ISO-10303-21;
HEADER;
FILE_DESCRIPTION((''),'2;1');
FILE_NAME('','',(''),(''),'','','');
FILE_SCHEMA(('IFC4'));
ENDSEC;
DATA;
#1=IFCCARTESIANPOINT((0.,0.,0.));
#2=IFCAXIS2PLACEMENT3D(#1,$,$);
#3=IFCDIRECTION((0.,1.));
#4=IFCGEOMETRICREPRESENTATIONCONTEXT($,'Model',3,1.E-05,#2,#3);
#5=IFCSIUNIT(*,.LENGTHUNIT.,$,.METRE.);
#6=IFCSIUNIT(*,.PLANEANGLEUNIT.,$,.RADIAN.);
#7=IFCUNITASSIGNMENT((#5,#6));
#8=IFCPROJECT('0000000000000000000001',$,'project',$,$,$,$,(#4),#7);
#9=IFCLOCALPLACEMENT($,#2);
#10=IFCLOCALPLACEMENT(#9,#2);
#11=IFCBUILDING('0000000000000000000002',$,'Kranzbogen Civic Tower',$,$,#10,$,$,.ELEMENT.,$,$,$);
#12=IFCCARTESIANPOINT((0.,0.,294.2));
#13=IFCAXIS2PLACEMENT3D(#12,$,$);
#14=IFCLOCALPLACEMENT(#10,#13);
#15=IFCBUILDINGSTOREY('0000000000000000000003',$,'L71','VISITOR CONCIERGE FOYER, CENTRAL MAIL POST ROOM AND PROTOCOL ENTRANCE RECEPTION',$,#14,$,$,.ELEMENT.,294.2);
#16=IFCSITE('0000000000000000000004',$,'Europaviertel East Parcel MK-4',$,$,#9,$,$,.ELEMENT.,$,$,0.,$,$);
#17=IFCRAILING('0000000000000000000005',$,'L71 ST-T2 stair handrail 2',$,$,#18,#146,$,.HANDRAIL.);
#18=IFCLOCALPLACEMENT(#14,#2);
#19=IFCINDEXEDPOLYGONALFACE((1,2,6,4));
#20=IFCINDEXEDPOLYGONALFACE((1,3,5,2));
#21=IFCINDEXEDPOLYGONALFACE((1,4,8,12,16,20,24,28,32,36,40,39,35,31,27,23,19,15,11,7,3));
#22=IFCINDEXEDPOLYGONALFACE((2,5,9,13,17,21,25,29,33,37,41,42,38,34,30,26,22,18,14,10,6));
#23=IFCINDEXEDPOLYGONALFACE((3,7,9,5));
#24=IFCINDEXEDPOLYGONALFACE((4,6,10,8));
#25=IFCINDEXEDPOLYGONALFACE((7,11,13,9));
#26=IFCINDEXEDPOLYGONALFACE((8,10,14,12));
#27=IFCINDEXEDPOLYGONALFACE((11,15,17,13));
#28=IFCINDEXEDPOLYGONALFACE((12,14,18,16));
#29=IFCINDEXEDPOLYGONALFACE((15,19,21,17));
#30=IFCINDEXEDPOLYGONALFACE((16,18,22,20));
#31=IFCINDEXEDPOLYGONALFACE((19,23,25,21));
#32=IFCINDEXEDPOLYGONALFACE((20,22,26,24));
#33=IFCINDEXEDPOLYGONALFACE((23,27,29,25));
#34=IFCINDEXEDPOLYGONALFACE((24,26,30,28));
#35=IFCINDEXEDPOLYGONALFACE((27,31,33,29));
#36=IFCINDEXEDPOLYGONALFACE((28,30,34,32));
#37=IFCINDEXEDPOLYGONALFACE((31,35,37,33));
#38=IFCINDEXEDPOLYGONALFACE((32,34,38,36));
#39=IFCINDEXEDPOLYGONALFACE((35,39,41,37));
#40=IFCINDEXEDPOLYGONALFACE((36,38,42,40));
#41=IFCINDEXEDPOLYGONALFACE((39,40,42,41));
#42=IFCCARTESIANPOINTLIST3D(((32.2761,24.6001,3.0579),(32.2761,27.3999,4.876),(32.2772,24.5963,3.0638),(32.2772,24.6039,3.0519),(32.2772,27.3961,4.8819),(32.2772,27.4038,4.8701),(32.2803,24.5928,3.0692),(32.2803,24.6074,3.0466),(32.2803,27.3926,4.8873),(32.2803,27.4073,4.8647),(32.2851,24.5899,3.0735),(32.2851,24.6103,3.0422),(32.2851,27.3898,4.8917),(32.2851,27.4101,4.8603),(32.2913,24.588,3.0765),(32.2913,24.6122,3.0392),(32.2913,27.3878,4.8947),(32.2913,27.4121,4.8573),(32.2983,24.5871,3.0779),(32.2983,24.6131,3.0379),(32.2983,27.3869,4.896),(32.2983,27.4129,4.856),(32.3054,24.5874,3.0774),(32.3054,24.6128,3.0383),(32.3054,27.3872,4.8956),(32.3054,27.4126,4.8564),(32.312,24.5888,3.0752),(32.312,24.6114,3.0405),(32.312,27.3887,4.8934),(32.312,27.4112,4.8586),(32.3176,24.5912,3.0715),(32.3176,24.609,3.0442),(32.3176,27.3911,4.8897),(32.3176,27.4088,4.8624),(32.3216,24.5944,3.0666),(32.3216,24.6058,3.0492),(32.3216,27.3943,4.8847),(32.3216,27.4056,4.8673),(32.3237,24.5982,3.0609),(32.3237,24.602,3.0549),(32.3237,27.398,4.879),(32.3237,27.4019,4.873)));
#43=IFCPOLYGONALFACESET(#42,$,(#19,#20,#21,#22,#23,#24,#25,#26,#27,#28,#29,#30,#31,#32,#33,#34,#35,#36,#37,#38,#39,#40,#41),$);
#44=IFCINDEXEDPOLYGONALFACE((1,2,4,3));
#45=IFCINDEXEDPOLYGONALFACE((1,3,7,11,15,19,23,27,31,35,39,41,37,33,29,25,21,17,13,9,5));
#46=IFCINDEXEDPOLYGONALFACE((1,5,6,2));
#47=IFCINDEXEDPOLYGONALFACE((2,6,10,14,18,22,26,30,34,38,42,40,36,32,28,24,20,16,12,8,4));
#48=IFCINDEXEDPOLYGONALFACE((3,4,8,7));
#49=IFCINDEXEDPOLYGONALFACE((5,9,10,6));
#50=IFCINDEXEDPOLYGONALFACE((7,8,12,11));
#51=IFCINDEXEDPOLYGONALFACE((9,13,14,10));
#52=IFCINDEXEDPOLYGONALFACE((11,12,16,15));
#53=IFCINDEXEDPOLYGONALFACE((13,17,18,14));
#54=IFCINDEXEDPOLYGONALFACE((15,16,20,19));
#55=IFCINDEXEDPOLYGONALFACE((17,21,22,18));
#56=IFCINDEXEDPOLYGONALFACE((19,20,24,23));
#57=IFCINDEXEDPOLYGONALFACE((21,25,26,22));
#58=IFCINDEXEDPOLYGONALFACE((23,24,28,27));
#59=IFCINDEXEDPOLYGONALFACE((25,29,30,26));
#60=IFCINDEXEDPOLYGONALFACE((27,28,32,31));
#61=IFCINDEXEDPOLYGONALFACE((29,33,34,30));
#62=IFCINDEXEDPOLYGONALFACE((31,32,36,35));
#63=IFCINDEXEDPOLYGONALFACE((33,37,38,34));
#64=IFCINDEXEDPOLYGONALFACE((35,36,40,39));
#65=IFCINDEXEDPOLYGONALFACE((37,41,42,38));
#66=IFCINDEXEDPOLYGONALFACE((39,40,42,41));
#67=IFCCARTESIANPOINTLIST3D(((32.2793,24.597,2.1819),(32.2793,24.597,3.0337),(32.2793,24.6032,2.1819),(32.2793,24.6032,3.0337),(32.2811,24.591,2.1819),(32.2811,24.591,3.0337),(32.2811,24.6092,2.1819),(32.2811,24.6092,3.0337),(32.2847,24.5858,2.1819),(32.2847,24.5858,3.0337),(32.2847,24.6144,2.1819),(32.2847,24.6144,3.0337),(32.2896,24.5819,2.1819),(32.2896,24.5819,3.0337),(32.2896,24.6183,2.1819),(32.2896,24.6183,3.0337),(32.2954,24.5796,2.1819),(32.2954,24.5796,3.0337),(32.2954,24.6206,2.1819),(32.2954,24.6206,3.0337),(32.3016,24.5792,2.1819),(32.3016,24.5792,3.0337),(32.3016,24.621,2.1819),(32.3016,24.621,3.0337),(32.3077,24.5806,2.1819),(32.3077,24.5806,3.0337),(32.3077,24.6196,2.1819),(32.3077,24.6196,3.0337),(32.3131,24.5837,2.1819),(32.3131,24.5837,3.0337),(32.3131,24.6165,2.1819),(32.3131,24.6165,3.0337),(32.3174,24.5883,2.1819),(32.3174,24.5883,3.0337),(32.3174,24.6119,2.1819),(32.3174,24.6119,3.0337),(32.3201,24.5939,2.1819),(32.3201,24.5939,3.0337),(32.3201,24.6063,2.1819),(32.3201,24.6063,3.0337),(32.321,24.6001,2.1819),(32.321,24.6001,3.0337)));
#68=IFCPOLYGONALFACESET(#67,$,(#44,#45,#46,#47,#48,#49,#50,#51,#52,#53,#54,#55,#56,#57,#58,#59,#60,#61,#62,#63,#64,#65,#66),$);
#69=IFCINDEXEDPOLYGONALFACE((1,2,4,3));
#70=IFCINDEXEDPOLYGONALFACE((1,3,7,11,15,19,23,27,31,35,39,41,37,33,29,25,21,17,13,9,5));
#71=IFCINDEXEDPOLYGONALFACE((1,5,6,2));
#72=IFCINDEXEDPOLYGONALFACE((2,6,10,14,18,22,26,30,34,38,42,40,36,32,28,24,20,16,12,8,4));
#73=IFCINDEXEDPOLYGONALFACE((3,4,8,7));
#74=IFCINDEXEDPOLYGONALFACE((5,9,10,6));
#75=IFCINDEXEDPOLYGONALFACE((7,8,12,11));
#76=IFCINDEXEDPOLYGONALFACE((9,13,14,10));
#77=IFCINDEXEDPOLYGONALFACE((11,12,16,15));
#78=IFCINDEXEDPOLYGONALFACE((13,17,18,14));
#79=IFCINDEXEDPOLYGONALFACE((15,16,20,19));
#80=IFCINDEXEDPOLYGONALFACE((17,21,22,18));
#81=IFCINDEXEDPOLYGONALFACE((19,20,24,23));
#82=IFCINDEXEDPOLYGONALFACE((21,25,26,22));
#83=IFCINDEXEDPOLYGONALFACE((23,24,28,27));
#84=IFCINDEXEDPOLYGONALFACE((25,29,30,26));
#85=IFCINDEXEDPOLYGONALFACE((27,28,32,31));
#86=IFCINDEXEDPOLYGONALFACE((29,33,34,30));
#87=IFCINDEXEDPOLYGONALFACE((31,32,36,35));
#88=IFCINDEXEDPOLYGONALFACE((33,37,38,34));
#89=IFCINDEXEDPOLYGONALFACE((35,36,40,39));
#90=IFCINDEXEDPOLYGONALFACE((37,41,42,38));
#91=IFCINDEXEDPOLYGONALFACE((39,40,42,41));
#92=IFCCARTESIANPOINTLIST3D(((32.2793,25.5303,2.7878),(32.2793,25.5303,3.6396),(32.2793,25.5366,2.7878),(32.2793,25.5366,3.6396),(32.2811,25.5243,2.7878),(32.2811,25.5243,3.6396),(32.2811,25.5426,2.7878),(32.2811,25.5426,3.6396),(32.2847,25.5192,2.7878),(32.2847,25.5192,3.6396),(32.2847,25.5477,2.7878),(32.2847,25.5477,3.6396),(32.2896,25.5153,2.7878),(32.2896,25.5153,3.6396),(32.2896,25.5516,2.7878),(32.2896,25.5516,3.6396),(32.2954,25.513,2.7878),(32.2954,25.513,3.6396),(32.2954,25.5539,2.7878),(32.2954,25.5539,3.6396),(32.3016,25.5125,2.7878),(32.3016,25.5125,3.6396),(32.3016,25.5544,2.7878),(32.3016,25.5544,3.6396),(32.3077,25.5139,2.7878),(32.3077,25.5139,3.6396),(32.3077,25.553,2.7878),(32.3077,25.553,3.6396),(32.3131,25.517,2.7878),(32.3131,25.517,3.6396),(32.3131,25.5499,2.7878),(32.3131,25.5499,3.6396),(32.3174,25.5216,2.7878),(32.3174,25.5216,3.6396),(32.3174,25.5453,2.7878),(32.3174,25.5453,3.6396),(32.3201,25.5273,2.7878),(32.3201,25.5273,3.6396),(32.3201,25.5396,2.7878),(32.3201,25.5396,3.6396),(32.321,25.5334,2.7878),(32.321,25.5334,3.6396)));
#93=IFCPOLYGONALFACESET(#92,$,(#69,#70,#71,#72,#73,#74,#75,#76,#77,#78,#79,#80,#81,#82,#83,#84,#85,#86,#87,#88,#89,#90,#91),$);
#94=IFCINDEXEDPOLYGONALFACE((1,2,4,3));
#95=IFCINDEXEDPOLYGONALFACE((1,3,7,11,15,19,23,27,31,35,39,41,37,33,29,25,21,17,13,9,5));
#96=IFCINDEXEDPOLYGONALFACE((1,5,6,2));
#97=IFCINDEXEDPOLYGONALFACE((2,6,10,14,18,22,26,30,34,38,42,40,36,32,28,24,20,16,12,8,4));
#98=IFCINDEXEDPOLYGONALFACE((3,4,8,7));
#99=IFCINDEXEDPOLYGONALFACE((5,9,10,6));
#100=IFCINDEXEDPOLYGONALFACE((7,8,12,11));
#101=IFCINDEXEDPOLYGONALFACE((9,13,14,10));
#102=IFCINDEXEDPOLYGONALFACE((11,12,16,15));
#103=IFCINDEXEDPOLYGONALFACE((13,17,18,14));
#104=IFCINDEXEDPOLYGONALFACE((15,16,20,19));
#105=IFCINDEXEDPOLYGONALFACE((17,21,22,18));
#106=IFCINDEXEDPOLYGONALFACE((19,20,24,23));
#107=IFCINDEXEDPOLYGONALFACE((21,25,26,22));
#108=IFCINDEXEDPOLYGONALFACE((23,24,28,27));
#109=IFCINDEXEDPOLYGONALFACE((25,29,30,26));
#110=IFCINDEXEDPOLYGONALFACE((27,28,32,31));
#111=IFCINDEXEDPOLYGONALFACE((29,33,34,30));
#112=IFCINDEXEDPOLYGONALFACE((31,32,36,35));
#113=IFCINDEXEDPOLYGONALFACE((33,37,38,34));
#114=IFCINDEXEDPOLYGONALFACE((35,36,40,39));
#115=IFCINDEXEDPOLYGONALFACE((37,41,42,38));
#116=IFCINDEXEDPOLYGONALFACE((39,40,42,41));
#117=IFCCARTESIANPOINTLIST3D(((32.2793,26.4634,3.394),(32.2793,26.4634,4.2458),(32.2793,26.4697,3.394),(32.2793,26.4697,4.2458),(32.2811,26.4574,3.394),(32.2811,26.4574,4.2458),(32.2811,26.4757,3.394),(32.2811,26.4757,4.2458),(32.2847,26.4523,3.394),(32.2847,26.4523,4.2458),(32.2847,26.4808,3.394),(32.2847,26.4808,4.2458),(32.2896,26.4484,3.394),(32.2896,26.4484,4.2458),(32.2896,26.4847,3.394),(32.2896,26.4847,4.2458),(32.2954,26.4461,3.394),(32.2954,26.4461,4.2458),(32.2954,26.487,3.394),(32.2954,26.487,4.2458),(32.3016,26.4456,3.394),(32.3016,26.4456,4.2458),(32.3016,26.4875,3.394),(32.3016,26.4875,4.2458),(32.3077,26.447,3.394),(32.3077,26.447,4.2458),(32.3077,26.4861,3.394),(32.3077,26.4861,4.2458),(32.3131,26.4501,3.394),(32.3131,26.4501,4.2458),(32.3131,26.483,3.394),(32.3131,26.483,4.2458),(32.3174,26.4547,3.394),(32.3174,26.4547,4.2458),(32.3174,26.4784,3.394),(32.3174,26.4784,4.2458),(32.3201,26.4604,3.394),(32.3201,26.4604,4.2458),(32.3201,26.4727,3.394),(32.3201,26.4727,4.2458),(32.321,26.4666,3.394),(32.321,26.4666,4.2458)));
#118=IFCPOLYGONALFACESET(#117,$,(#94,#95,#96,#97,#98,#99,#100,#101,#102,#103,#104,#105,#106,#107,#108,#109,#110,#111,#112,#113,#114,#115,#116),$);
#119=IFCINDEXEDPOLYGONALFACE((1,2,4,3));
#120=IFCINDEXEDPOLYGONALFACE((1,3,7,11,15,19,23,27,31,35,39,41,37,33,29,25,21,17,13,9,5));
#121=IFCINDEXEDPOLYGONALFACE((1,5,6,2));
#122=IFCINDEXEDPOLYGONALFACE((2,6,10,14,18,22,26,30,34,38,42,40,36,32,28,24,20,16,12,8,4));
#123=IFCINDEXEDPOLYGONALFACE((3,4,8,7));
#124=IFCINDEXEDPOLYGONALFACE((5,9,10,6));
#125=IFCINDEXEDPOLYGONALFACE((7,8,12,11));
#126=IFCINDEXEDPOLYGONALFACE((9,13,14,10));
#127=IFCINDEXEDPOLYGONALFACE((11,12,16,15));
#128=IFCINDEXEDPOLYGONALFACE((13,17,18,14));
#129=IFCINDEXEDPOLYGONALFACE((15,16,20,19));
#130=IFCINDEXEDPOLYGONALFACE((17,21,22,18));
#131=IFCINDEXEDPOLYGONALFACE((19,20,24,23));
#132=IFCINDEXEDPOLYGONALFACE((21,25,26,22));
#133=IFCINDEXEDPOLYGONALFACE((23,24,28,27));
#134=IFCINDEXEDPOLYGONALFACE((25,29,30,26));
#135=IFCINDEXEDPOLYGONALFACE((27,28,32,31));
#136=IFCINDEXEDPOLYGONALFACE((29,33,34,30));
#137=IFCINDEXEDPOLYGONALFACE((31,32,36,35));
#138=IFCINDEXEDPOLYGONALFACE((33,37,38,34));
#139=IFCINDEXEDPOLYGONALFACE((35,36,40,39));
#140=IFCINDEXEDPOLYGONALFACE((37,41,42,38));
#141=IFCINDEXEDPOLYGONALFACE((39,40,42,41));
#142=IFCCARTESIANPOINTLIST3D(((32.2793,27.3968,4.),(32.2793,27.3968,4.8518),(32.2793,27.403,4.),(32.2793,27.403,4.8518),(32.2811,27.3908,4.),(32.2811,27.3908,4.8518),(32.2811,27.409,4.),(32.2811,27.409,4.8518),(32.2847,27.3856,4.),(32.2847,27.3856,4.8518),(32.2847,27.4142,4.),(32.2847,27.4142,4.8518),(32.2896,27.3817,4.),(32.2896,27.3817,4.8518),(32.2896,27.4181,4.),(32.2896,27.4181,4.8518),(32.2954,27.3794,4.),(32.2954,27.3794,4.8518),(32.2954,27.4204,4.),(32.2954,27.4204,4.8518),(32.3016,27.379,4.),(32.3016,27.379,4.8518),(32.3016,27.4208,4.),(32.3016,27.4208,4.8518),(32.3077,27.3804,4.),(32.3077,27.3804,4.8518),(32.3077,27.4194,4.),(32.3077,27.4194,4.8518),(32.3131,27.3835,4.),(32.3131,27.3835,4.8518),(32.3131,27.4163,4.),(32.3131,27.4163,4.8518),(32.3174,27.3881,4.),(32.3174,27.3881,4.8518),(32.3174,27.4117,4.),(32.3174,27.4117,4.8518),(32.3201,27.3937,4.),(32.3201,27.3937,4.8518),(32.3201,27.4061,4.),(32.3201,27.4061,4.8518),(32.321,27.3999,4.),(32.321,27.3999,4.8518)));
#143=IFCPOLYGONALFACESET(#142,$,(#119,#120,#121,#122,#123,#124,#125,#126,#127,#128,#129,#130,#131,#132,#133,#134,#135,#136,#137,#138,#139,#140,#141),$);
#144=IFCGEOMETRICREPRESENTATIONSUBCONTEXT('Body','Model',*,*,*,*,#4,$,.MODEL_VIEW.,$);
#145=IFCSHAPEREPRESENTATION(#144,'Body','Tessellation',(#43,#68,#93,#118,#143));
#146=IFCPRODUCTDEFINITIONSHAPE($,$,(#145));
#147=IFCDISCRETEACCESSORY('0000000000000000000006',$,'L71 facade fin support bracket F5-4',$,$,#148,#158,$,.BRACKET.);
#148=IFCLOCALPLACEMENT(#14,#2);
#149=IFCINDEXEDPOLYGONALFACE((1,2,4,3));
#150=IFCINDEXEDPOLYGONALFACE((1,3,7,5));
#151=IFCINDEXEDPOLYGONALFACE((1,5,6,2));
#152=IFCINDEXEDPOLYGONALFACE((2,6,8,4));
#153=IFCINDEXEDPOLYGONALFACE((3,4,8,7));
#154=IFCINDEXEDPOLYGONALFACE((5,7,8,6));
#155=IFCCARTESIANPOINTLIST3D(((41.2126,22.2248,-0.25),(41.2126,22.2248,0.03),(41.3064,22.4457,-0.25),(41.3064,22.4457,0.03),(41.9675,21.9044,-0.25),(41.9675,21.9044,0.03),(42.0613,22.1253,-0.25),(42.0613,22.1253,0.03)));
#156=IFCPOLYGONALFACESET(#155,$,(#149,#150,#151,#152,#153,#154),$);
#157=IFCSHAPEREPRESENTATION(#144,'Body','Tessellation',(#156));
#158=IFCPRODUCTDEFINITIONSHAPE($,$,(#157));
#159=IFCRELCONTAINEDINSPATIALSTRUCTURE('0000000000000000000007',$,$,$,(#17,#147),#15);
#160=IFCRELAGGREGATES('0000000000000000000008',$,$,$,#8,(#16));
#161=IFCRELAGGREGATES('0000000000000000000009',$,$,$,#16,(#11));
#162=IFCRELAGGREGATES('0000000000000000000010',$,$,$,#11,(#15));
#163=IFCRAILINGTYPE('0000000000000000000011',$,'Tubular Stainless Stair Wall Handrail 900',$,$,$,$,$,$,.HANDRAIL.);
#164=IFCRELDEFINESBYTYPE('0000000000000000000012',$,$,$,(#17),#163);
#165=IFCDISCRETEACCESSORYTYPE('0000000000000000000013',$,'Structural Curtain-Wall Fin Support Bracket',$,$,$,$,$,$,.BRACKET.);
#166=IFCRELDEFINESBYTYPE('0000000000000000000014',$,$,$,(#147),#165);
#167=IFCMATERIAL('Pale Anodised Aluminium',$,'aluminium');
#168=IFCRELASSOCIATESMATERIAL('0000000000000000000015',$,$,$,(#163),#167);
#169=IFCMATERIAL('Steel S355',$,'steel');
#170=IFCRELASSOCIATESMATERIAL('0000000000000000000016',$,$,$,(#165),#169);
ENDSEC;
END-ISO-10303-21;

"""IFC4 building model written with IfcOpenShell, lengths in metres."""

from ifc_helpers import new_model, si_unit, direction, frame, origin, origin_2d, place, context, subcontext, project, spatial, rectangle, circle, extrude, material, type_object, element, save


model = new_model("IFC4")

# Units and contexts
model_context = context("Model", 3, precision=1e-05, world=origin(), true_north=direction((0.0, 1.0)))
body_context = subcontext(model_context, "Body", "Model", "MODEL_VIEW")
ifc_project = project(units=[si_unit("LENGTHUNIT", "METRE"), si_unit("PLANEANGLEUNIT", "RADIAN")], contexts=[model_context])

# Site, building, storey
site_placement = place(None, origin())
site = spatial("IfcSite", under=ifc_project, at=site_placement, Name="Europaviertel East Parcel MK-4", CompositionType="ELEMENT", RefElevation=0.0)
building_placement = place(site_placement, origin())
building = spatial("IfcBuilding", under=site, at=building_placement, Name="Kranzbogen Civic Tower", CompositionType="ELEMENT")
storey_placement = place(building_placement, frame((0.0, 0.0, 294.2)))
storey = spatial("IfcBuildingStorey", under=building, at=storey_placement, Name="L71", Description="VISITOR CONCIERGE FOYER, CENTRAL MAIL POST ROOM AND PROTOCOL ENTRANCE RECEPTION", CompositionType="ELEMENT", Elevation=294.2)

# Shared definitions
ifc_material_1 = material(Name="Steel S355", Category="steel")

# Shared definitions
ifc_material_2 = material(Name="Pale Anodised Aluminium", Category="aluminium")

# Railing
railing_type_1 = type_object("IfcRailingType", Name="Tubular Stainless Stair Wall Handrail 900", PredefinedType="HANDRAIL", material=ifc_material_2)
railing_1_placement = place(storey_placement, frame((32.3, 24.6001, 2.1819)))
element("IfcRailing", 1, at=railing_1_placement, inside=storey, type_object=railing_type_1, Name="L71 ST-T2 stair handrail 2", PredefinedType="HANDRAIL", context=body_context, shape_type="SweptSolid", body=[
    extrude(circle(Radius=0.0239, at=origin_2d()), frame((0.0, 0.0, 0.876), z_axis=(0.0, 0.838684, 0.544618), x_axis=(-1.0, 0.0, 0.0)), (0.0, 0.0, 1.0), 3.3384),
    extrude(circle(Radius=0.021, at=origin_2d()), origin(), (0.0, 0.0, 1.0), 0.8518),
    extrude(circle(Radius=0.021, at=origin_2d()), frame((0.0, 0.9333, 0.606)), (0.0, 0.0, 1.0), 0.8518),
    extrude(circle(Radius=0.021, at=origin_2d()), frame((0.0, 1.8665, 1.2122)), (0.0, 0.0, 1.0), 0.8518),
    extrude(circle(Radius=0.021, at=origin_2d()), frame((0.0, 2.7998, 1.8181)), (0.0, 0.0, 1.0), 0.8518),
])

# Discrete accessory
discrete_accessory_type = type_object("IfcDiscreteAccessoryType", Name="Structural Curtain-Wall Fin Support Bracket", PredefinedType="BRACKET", material=ifc_material_1)
discrete_accessory_placement = place(storey_placement, frame((41.637, 22.175, -0.25), z_axis=(0.0, 0.0, 1.0), x_axis=(0.920505, -0.390731, 0.0)))
element("IfcDiscreteAccessory", 2, at=discrete_accessory_placement, inside=storey, type_object=discrete_accessory_type, Name="L71 facade fin support bracket F5-4", PredefinedType="BRACKET", context=body_context, shape_type="SweptSolid", body=[
    extrude(rectangle(XDim=0.8201, YDim=0.24, at=origin_2d()), origin(), (0.0, 0.0, 1.0), 0.28),
])

save(model, "model.ifc")
